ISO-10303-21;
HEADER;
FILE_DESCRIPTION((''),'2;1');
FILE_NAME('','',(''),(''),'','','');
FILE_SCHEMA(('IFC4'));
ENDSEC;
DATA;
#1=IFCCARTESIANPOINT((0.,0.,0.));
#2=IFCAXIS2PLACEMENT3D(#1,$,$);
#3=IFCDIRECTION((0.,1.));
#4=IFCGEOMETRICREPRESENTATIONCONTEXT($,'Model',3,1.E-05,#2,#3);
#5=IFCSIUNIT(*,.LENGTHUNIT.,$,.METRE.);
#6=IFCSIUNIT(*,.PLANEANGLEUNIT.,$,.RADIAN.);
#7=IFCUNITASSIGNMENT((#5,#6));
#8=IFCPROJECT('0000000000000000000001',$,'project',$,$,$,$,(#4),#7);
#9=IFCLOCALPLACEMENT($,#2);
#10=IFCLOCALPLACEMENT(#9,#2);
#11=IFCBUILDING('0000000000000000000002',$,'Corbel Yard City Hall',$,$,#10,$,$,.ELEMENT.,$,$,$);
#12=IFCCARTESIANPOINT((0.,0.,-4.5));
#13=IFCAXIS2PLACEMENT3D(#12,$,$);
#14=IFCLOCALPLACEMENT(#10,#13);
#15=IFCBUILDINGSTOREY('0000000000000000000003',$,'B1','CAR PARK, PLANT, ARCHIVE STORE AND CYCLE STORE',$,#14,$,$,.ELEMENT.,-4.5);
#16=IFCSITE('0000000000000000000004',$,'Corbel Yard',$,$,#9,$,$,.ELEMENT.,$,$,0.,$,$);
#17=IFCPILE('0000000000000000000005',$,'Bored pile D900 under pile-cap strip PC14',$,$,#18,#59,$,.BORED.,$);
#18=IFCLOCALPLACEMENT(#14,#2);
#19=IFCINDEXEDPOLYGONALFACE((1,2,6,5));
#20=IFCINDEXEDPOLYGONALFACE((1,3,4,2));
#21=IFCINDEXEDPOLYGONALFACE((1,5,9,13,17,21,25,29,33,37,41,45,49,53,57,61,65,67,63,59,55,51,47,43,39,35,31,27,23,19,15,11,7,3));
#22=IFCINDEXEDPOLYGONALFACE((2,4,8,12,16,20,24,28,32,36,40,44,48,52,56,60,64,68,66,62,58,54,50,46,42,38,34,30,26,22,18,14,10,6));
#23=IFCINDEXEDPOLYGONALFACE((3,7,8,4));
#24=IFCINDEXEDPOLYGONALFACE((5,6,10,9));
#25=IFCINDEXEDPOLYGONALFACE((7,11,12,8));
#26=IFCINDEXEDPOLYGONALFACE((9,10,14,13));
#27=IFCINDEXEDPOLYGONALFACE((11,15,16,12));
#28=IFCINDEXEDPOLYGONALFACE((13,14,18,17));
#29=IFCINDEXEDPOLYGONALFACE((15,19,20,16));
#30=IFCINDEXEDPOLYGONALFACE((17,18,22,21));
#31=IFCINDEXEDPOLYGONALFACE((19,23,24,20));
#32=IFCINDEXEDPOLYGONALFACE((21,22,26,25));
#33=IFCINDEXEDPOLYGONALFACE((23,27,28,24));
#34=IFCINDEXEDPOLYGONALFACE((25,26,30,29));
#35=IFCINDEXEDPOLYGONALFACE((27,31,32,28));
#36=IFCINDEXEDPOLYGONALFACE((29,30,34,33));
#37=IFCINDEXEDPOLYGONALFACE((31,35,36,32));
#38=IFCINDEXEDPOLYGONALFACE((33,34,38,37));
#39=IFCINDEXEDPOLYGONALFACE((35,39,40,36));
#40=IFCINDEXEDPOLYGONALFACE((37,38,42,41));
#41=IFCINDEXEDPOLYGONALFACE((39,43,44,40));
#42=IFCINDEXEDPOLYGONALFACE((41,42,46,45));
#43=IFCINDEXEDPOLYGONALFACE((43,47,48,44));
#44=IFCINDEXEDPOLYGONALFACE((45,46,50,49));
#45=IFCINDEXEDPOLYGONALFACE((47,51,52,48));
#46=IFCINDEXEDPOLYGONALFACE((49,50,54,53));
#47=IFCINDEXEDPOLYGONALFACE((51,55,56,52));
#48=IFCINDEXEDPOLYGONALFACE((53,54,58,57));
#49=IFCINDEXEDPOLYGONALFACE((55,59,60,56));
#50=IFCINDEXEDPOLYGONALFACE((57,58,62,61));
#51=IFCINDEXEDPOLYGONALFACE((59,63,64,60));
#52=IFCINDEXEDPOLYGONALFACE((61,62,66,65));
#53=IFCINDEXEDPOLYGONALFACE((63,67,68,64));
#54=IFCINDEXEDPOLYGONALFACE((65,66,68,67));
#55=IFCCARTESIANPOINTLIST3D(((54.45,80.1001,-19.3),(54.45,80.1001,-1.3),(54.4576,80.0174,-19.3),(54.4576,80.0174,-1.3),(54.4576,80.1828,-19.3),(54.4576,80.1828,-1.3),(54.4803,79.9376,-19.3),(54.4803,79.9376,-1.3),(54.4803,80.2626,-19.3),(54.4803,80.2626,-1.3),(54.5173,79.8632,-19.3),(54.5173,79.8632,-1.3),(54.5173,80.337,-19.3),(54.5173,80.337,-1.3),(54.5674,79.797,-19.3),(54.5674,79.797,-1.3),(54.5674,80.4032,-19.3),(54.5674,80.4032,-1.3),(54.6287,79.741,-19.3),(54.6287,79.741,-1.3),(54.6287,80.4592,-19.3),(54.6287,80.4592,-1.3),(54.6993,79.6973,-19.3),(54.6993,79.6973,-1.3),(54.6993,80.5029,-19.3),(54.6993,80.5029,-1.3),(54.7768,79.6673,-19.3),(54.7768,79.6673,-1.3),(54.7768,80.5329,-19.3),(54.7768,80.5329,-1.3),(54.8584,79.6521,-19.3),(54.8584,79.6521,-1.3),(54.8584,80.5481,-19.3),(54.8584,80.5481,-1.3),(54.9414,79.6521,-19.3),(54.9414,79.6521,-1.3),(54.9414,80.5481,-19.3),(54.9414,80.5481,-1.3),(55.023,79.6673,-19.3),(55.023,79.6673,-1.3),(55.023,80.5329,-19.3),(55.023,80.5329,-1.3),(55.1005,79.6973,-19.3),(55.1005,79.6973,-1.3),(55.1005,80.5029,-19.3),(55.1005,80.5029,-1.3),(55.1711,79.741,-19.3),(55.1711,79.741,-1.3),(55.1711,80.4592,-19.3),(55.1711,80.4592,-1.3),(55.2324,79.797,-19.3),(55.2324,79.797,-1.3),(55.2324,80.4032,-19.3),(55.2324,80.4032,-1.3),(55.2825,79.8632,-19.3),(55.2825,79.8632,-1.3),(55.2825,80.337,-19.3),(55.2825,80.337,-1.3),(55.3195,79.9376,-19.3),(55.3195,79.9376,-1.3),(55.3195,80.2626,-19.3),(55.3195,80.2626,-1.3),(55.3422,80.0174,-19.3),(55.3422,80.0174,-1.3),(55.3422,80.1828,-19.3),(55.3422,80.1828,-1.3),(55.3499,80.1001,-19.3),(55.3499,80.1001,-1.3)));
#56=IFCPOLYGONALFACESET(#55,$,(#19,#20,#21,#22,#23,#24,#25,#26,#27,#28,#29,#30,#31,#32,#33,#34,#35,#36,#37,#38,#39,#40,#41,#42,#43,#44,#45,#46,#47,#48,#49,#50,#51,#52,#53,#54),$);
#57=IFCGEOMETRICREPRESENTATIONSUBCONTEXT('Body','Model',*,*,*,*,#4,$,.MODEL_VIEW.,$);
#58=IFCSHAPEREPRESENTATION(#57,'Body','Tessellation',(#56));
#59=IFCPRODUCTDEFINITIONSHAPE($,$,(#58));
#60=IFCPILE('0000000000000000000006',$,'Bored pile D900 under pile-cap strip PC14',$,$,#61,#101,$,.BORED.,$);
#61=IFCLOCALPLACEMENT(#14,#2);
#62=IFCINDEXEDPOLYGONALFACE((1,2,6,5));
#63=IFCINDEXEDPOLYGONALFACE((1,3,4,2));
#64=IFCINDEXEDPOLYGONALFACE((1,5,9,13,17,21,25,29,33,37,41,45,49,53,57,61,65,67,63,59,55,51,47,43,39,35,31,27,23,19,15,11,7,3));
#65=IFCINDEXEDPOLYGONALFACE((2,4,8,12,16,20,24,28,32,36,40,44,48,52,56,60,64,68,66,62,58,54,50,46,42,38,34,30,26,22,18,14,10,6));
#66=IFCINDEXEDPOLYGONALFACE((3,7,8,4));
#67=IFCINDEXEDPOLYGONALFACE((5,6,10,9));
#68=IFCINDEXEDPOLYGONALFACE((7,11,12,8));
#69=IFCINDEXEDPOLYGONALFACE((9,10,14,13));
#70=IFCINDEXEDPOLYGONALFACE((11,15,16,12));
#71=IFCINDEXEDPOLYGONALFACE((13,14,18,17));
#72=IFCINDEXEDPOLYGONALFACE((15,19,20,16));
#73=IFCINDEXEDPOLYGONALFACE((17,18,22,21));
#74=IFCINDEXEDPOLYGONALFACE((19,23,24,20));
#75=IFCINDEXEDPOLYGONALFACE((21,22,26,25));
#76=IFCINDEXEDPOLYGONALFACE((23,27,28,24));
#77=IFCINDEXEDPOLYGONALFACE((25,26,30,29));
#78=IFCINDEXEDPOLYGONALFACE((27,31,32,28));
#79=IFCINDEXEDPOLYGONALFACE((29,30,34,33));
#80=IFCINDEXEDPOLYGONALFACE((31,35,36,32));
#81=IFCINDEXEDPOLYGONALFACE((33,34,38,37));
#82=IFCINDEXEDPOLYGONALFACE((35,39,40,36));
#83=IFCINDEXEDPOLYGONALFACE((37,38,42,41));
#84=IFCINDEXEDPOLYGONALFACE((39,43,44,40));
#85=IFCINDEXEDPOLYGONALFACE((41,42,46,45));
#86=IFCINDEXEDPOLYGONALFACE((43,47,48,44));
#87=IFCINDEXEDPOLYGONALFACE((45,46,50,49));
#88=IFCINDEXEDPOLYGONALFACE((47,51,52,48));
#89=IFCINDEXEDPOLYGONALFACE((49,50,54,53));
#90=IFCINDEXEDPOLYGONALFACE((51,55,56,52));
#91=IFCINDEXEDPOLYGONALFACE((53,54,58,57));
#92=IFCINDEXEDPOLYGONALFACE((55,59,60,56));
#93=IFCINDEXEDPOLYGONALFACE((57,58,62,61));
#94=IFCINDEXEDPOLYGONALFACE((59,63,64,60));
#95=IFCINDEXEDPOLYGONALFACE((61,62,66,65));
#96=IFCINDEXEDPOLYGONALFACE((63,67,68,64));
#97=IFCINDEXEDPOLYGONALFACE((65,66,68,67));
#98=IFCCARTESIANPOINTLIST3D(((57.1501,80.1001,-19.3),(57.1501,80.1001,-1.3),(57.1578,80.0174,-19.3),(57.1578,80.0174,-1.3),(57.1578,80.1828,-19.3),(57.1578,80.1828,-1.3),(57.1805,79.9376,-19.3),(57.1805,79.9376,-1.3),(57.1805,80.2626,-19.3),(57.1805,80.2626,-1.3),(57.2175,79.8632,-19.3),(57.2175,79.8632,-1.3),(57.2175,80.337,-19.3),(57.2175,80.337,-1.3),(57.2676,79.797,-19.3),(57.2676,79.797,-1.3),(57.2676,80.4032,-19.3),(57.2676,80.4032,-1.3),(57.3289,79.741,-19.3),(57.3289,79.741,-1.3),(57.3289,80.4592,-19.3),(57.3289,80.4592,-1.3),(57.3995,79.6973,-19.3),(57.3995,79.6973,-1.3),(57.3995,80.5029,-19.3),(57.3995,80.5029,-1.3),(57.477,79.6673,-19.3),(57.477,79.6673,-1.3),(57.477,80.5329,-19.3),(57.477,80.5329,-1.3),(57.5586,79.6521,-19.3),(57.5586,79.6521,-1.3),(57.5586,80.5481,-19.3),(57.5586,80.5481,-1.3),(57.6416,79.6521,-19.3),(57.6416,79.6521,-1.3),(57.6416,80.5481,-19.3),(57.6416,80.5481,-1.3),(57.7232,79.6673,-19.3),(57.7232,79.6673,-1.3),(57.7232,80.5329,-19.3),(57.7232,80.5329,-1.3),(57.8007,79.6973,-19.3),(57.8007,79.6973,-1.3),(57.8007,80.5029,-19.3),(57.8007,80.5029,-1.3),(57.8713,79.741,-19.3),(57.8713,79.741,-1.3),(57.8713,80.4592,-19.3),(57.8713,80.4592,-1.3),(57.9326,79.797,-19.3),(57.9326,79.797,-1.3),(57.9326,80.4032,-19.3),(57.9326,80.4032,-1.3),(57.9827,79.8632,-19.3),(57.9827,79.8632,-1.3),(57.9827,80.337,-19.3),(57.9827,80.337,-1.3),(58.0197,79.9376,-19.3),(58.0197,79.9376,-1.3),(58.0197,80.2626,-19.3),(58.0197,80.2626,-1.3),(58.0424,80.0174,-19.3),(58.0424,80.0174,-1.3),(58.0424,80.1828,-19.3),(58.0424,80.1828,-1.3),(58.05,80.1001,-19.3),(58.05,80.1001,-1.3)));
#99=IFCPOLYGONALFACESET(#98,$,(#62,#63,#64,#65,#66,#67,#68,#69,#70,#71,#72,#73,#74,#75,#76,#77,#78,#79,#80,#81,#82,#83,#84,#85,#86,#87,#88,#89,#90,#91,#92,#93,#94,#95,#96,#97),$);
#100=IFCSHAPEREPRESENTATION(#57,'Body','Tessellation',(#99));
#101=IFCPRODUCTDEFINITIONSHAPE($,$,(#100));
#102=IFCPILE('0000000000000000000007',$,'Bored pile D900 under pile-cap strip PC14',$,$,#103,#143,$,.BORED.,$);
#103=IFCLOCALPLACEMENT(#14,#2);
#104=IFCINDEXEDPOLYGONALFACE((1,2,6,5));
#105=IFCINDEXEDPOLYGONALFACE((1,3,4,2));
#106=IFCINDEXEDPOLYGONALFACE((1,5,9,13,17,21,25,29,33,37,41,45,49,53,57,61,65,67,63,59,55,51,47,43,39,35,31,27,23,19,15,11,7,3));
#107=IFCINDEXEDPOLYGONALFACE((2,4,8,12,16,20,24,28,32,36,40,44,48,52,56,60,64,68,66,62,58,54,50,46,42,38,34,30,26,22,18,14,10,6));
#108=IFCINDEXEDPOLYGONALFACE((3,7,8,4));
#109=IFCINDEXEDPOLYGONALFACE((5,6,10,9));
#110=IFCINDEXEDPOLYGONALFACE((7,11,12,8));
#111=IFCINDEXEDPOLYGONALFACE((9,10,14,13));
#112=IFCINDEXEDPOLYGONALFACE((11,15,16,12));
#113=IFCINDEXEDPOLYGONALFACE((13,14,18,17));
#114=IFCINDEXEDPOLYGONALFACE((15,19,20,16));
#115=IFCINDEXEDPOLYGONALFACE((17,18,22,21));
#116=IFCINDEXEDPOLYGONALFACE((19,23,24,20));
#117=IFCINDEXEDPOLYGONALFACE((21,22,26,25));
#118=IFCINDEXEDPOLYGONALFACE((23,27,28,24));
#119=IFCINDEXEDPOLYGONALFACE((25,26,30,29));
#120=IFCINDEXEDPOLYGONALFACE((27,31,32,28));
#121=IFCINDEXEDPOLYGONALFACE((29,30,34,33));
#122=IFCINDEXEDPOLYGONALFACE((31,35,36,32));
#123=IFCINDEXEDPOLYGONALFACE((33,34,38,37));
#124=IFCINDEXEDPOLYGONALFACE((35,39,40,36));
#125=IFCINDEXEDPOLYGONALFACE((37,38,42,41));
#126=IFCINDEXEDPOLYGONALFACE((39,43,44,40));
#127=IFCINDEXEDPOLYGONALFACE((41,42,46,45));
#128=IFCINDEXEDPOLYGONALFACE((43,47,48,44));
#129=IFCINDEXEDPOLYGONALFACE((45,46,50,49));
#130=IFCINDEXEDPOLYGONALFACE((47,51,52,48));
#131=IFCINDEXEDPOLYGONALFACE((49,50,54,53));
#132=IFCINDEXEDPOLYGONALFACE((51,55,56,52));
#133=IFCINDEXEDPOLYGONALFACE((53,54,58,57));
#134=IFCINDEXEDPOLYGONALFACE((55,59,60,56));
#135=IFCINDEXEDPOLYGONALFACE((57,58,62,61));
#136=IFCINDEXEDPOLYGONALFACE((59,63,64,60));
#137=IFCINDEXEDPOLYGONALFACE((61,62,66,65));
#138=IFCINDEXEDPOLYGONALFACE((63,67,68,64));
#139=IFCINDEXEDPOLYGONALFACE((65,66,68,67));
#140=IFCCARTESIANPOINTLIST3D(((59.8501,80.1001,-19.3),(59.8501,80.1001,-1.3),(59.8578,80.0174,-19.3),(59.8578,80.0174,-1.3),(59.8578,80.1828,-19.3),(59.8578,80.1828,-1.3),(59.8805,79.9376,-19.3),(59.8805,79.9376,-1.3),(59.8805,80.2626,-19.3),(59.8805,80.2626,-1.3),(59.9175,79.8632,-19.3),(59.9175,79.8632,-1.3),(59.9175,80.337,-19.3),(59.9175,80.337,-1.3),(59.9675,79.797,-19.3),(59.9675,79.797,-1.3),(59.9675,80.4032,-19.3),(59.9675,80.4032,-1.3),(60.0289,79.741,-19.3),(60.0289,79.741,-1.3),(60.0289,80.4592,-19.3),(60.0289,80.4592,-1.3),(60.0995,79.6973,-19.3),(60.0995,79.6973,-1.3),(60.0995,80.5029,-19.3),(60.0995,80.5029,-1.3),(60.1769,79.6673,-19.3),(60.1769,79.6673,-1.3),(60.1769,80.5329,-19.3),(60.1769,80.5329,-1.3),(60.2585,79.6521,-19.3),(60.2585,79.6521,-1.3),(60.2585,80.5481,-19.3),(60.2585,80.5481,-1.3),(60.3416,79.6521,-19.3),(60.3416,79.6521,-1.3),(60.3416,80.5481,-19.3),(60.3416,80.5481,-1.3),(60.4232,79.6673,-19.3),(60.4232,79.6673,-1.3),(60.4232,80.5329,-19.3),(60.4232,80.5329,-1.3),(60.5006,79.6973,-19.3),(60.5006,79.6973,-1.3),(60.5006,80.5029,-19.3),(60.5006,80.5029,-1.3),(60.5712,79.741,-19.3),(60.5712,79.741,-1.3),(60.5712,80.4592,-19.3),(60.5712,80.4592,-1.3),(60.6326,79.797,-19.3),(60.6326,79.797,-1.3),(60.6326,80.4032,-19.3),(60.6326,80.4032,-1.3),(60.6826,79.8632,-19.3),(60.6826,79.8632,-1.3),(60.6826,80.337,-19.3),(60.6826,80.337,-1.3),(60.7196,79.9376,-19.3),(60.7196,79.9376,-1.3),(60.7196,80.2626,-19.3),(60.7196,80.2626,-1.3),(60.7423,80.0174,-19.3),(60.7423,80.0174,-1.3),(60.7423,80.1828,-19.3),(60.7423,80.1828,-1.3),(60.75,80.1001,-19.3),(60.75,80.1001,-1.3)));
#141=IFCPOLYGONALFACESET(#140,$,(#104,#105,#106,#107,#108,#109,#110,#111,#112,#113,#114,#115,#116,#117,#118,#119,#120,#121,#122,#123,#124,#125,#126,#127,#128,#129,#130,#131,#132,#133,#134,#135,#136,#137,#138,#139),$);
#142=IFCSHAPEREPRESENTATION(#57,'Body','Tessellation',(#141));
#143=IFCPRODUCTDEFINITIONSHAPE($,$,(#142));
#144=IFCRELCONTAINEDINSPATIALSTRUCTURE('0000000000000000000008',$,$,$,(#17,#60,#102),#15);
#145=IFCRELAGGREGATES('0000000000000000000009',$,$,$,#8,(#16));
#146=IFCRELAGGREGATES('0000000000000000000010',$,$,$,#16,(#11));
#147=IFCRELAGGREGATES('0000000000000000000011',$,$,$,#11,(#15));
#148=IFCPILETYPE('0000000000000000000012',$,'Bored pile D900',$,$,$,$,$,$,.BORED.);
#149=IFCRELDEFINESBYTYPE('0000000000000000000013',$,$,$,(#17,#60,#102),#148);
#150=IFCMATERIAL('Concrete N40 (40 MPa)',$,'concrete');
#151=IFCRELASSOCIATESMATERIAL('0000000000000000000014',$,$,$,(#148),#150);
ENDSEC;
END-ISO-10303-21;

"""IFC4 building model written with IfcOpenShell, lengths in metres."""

from ifc_helpers import new_model, si_unit, direction, frame, origin, origin_2d, place, context, subcontext, project, spatial, circle, extrude, material, material_profile, profile_set, type_object, element, save


model = new_model("IFC4")

# Units and contexts
model_context = context("Model", 3, precision=1e-05, world=origin(), true_north=direction((0.0, 1.0)))
body_context = subcontext(model_context, "Body", "Model", "MODEL_VIEW")
ifc_project = project(units=[si_unit("LENGTHUNIT", "METRE"), si_unit("PLANEANGLEUNIT", "RADIAN")], contexts=[model_context])

# Site, building, storey
site_placement = place(None, origin())
site = spatial("IfcSite", under=ifc_project, at=site_placement, Name="Corbel Yard", CompositionType="ELEMENT", RefElevation=0.0)
building_placement = place(site_placement, origin())
building = spatial("IfcBuilding", under=site, at=building_placement, Name="Corbel Yard City Hall", CompositionType="ELEMENT")
storey_placement = place(building_placement, frame((0.0, 0.0, -4.5)))
storey = spatial("IfcBuildingStorey", under=building, at=storey_placement, Name="B1", Description="CAR PARK, PLANT, ARCHIVE STORE AND CYCLE STORE", CompositionType="ELEMENT", Elevation=-4.5)

# Piles
ifc_material = material(Name="Concrete N40 (40 MPa)", Category="concrete")
ifc_material_profile = material_profile(ifc_material, circle(Radius=0.45, at=origin_2d()), Name="D900")
ifc_profile_set = profile_set([ifc_material_profile], Name="Concrete N40 (40 MPa)")
pile_type = type_object("IfcPileType", Name="Bored pile D900", PredefinedType="BORED", material=ifc_profile_set)
for number, where, z_axis, x_axis, name in (
    (1, (54.8999, 80.1001, -1.3), (0.0, 0.0, -1.0), (1.0, 0.0, 0.0), "Bored pile D900 under pile-cap strip PC14"),
    (2, (57.6001, 80.1001, -1.3), (0.0, 0.0, -1.0), (1.0, 0.0, 0.0), "Bored pile D900 under pile-cap strip PC14"),
    (3, (60.3, 80.1001, -1.3), (0.0, 0.0, -1.0), (1.0, 0.0, 0.0), "Bored pile D900 under pile-cap strip PC14"),
):
    element("IfcPile", number, at=place(storey_placement, frame(where, z_axis=z_axis, x_axis=x_axis)), inside=storey, type_object=pile_type, Name=name, PredefinedType="BORED", context=body_context, shape_type="SweptSolid", body=[
        extrude(circle(Radius=0.45, at=origin_2d()), origin(), (0.0, 0.0, 1.0), 18.0),
    ])

save(model, "model.ifc")
